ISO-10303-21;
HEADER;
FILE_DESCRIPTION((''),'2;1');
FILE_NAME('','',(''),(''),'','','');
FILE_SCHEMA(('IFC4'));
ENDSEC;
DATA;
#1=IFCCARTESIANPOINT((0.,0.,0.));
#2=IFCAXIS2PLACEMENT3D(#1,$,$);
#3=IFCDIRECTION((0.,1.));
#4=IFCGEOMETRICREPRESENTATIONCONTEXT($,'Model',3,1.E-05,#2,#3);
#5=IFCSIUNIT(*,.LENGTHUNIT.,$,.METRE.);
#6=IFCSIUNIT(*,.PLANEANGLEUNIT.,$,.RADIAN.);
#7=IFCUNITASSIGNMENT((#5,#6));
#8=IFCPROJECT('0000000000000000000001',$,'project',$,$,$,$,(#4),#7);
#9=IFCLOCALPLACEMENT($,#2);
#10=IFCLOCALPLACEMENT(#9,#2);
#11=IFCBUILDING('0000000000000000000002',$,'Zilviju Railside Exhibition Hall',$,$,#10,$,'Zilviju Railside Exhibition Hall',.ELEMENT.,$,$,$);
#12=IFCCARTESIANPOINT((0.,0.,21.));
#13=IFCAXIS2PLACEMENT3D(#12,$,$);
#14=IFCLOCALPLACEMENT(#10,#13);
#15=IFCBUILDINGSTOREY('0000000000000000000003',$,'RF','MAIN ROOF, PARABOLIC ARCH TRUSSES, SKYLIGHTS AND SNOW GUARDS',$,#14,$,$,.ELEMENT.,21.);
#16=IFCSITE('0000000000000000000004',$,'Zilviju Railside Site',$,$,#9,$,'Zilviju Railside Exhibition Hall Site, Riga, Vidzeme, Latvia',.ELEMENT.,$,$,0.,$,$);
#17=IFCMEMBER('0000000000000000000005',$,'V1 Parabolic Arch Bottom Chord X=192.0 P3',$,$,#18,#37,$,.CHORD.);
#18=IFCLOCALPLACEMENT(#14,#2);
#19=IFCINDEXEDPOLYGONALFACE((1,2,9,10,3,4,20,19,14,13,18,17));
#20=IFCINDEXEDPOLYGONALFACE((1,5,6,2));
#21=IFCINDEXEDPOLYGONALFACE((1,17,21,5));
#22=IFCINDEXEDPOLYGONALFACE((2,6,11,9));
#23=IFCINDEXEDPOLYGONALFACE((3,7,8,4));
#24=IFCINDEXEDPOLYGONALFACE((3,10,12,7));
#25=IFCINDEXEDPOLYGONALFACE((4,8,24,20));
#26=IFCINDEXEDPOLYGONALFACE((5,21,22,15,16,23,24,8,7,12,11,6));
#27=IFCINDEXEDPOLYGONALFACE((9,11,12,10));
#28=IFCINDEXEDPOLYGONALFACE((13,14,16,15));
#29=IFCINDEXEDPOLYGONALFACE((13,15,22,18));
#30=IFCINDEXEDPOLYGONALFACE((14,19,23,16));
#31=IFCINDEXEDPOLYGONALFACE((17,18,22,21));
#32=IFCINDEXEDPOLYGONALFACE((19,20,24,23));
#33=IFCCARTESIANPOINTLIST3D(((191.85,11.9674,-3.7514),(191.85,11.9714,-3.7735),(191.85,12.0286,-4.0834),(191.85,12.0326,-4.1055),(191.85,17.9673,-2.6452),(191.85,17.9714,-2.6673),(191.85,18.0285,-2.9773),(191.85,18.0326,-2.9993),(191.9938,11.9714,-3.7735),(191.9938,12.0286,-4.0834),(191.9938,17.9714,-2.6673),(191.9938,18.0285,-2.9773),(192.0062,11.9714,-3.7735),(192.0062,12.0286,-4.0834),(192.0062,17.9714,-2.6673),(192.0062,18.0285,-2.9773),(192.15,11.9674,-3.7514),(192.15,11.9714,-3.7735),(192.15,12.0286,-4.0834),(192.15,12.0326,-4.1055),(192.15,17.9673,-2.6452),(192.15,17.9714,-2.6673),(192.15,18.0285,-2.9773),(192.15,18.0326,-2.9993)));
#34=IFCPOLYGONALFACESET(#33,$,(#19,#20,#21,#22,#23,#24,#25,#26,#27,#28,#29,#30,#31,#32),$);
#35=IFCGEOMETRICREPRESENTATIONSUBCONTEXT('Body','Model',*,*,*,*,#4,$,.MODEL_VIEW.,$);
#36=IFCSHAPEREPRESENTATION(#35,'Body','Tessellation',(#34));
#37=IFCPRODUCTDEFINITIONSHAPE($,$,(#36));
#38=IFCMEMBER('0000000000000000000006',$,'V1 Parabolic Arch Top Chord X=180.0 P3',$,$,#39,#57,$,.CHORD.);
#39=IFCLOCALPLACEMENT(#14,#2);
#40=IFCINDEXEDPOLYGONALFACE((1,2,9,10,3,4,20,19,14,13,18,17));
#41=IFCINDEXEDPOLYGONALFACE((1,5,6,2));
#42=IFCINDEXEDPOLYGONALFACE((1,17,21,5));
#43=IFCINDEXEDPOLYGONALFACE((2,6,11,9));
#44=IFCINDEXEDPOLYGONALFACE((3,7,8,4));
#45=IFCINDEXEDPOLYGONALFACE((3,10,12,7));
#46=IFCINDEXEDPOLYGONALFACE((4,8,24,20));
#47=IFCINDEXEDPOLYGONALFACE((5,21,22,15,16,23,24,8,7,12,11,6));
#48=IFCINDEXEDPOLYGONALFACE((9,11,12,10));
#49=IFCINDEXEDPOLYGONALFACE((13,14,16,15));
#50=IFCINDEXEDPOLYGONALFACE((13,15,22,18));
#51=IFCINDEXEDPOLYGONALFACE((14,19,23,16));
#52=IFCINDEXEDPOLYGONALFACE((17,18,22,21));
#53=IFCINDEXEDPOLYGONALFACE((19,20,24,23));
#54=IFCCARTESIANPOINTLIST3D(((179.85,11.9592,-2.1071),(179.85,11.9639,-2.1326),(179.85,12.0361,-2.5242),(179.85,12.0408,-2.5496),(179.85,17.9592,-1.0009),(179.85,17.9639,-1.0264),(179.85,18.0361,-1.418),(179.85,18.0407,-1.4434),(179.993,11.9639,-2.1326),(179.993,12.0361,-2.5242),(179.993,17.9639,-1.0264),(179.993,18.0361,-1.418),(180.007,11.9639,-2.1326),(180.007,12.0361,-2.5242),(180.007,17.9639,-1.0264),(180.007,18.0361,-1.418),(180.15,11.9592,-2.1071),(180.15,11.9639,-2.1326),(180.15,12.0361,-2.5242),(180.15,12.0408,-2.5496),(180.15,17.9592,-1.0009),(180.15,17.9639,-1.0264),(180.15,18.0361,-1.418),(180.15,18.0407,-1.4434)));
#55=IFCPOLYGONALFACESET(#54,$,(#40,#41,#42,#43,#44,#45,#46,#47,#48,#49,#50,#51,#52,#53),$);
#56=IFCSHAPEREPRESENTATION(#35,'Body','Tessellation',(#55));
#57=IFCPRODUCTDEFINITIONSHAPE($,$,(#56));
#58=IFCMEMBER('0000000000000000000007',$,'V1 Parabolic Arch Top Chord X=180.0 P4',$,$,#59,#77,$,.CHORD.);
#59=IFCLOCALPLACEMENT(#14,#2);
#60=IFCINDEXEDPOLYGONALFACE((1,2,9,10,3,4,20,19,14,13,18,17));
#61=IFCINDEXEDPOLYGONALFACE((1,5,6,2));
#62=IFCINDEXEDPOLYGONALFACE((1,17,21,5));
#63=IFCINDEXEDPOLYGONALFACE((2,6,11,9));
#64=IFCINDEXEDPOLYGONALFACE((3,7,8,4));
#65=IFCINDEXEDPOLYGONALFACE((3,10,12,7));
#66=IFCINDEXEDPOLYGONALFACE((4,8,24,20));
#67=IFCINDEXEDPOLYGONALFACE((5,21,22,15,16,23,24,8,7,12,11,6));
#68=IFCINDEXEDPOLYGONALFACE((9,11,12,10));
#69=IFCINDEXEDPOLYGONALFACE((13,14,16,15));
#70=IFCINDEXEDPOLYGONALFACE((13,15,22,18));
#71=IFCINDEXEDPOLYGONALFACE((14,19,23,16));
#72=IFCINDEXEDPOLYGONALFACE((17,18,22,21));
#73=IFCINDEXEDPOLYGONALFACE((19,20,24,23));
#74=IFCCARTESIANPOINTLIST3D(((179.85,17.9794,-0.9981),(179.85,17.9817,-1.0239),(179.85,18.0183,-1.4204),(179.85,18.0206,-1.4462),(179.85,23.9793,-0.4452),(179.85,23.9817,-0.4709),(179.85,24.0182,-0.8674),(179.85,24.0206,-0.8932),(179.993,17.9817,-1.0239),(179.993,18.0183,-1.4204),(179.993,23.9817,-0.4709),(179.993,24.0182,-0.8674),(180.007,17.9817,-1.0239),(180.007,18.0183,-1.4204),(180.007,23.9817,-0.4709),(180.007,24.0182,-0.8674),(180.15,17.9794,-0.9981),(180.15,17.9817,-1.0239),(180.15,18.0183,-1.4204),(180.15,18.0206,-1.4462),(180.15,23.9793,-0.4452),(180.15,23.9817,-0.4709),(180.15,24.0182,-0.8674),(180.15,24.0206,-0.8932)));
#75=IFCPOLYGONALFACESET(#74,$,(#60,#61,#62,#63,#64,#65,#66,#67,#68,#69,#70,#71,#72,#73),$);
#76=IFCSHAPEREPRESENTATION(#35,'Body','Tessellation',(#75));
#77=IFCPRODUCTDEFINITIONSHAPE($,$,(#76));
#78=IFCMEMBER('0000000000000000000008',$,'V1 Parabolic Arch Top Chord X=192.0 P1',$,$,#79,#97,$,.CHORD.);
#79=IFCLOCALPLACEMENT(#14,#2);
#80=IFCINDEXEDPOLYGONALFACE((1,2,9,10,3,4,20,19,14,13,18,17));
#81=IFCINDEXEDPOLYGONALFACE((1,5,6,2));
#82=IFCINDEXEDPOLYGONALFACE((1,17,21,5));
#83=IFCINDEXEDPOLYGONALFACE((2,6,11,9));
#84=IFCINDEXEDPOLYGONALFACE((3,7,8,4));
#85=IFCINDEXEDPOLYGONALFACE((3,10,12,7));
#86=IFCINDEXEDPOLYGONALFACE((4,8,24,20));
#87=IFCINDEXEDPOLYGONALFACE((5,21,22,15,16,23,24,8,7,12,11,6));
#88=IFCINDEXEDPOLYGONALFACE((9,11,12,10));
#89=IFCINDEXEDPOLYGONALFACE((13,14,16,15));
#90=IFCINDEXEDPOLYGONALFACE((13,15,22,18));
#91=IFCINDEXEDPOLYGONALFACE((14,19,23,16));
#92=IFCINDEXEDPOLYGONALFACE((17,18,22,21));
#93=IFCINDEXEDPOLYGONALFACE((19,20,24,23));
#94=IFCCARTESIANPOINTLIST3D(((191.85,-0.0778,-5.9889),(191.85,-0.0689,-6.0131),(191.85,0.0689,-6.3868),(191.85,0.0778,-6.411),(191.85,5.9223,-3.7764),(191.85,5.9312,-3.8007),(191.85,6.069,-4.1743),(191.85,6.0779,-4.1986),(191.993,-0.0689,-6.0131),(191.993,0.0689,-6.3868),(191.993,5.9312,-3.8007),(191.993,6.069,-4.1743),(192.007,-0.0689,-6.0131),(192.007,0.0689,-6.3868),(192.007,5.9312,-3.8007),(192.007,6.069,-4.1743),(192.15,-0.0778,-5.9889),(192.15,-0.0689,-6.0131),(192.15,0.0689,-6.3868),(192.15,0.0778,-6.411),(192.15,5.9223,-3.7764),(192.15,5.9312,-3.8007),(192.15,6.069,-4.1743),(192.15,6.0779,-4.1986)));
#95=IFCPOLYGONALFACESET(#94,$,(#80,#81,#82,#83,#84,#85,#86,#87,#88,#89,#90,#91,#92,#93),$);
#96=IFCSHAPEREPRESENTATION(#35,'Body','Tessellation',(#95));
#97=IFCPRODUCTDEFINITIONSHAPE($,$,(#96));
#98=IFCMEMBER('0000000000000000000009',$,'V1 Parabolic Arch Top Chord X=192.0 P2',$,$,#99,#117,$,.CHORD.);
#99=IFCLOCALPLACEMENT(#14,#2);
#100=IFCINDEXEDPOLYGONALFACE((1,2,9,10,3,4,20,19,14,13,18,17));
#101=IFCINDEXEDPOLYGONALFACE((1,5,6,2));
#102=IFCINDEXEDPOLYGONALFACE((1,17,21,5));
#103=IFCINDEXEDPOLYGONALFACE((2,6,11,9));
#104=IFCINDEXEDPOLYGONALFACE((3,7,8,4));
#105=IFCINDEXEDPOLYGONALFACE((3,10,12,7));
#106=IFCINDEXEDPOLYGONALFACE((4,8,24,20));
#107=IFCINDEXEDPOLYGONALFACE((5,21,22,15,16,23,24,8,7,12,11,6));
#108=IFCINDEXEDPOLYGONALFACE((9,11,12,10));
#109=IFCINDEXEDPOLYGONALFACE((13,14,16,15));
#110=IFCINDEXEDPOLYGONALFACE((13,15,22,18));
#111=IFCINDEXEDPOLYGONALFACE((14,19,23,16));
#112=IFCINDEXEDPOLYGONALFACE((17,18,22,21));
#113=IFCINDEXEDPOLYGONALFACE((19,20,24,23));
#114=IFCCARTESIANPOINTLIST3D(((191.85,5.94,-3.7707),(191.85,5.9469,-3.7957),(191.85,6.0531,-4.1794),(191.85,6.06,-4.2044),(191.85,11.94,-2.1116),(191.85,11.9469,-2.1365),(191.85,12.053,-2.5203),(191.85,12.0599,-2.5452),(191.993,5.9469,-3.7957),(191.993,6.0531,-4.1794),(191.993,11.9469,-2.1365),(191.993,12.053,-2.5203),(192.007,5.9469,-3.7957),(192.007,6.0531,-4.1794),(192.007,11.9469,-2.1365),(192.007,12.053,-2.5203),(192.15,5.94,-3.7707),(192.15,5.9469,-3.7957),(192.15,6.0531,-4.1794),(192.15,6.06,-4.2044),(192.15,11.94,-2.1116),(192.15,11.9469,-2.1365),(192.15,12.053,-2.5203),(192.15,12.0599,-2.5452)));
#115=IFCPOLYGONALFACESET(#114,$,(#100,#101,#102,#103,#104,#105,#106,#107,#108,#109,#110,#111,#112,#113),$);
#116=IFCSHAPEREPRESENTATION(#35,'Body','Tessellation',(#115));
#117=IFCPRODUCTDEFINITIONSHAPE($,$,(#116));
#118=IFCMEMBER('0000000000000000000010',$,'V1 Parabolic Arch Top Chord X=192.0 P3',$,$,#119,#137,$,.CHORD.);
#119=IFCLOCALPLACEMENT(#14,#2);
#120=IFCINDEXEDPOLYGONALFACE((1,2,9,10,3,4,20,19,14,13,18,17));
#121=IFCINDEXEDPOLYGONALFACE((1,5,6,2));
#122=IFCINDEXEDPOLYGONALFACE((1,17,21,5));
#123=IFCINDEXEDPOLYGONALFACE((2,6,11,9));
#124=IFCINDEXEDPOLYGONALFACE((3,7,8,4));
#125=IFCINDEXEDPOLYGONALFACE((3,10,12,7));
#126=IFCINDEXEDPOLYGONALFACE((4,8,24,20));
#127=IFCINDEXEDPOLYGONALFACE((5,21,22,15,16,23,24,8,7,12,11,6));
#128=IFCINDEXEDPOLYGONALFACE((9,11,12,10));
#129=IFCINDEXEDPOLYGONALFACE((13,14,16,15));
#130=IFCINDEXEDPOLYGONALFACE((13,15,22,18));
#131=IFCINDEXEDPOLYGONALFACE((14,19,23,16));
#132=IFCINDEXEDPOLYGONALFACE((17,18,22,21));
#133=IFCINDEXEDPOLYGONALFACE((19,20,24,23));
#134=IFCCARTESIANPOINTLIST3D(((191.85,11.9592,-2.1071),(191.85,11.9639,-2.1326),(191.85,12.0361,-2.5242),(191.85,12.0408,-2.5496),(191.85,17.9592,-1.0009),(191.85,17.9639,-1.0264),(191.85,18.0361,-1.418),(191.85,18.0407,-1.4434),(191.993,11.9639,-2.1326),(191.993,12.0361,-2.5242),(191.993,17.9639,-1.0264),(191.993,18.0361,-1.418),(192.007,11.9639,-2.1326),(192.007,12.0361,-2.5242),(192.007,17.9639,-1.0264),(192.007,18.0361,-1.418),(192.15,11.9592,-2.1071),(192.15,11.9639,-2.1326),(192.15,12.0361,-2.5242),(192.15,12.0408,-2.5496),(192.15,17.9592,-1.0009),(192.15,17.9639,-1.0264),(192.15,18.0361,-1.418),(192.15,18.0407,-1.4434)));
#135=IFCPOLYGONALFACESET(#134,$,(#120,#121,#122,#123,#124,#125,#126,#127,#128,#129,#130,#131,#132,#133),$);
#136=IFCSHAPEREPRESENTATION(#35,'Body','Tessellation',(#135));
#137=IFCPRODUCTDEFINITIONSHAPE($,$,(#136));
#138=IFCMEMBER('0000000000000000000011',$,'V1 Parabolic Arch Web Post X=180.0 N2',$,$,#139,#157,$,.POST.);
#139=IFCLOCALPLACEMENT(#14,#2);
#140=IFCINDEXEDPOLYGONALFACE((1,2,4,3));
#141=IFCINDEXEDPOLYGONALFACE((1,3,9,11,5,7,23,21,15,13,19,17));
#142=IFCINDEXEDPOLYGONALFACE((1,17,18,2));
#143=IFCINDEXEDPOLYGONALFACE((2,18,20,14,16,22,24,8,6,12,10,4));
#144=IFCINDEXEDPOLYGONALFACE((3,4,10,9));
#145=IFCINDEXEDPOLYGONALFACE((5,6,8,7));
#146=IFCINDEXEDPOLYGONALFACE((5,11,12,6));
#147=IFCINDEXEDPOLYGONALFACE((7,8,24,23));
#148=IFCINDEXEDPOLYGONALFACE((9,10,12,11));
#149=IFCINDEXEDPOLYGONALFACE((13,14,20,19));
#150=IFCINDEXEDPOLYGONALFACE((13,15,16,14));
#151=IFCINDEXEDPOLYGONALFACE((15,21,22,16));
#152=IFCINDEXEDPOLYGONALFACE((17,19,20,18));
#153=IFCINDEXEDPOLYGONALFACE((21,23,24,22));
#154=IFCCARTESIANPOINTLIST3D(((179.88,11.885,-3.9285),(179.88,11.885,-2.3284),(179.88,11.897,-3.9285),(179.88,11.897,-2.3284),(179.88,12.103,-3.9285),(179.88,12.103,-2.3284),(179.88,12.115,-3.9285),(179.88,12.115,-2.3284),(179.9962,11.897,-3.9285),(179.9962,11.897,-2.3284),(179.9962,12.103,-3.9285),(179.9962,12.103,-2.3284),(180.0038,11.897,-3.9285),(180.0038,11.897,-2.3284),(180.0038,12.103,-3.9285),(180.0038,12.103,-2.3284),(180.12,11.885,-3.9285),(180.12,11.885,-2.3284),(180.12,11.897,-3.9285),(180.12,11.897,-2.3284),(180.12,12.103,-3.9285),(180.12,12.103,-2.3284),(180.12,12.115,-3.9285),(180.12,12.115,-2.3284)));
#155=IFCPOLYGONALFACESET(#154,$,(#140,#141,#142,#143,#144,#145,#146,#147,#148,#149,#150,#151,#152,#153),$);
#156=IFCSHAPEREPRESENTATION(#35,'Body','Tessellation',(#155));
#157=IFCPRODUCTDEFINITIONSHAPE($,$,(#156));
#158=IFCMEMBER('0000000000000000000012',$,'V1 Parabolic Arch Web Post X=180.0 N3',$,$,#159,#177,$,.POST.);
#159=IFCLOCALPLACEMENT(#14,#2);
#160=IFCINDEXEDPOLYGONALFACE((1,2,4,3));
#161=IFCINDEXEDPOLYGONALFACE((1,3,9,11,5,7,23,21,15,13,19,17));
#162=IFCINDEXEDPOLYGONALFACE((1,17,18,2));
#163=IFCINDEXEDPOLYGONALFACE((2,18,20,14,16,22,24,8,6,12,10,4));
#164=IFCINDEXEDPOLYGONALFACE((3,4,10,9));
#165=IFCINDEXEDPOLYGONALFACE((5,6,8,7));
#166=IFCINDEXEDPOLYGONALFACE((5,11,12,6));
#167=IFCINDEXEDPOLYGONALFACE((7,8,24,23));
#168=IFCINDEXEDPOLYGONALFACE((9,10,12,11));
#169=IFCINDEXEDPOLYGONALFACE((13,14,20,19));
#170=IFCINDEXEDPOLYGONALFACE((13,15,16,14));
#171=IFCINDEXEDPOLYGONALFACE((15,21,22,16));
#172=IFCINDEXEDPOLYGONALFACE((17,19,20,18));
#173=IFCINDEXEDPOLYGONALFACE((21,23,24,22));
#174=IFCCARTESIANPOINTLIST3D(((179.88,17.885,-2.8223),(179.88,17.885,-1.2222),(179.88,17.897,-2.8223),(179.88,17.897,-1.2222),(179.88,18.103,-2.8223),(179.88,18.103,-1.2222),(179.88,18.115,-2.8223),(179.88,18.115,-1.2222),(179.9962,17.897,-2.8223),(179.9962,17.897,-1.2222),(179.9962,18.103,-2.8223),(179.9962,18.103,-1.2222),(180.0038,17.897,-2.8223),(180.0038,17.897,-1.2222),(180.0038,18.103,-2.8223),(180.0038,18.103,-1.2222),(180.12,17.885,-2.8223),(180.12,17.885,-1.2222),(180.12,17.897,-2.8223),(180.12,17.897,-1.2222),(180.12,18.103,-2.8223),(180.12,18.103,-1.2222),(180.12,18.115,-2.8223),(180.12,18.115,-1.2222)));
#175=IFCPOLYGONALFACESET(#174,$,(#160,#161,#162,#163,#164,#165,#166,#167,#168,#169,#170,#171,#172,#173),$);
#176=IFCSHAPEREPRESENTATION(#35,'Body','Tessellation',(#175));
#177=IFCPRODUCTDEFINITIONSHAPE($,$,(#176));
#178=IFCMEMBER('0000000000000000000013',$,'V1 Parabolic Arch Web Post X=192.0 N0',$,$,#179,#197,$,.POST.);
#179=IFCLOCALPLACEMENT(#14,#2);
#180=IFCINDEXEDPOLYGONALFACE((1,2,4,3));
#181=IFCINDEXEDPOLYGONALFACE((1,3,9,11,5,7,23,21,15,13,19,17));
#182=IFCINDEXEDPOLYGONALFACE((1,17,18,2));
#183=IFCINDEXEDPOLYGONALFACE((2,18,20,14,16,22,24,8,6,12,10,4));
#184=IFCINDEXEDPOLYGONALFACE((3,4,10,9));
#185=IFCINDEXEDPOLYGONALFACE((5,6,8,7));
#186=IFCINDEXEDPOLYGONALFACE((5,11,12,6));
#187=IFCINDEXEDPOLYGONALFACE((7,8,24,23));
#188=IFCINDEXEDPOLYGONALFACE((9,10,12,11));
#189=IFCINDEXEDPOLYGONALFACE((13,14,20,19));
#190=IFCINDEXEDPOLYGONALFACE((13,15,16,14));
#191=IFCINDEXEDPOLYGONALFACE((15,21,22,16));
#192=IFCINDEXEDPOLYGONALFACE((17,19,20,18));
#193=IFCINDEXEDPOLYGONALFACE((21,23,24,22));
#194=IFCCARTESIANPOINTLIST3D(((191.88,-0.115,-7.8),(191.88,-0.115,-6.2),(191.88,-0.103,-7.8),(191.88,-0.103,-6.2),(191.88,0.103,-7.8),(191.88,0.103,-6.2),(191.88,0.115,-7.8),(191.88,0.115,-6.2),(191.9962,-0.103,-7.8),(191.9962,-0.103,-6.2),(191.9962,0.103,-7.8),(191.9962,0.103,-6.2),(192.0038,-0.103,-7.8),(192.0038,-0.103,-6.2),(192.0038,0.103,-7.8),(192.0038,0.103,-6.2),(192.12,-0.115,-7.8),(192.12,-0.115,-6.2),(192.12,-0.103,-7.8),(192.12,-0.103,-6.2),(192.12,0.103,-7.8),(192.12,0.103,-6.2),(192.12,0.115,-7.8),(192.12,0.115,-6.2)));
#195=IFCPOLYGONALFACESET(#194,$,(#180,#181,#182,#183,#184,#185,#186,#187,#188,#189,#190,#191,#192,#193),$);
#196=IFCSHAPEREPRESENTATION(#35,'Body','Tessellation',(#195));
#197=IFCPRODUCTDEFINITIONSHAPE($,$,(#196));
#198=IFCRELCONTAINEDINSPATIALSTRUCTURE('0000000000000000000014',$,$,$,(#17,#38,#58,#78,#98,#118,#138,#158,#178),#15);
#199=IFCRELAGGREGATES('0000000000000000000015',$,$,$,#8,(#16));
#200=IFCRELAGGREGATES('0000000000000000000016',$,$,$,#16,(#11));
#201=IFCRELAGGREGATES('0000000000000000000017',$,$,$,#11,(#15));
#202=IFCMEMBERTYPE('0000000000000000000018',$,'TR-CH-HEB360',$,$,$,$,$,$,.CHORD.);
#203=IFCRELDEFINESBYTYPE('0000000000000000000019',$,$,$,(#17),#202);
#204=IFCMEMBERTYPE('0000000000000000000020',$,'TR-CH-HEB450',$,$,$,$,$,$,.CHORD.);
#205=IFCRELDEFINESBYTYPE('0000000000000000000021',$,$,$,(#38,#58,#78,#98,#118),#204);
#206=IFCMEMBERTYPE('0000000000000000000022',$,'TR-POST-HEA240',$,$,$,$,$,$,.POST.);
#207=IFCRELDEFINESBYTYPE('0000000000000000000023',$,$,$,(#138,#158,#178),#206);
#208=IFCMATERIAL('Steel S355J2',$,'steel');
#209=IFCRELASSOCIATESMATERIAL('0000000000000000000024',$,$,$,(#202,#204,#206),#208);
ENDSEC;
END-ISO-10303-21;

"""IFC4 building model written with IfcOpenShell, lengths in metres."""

from ifc_helpers import new_model, si_unit, direction, frame, origin, origin_2d, place, context, subcontext, project, spatial, i_section, extrude, material, material_profile, profile_set, type_object, element, save


model = new_model("IFC4")

# Units and contexts
model_context = context("Model", 3, precision=1e-05, world=origin(), true_north=direction((0.0, 1.0)))
body_context = subcontext(model_context, "Body", "Model", "MODEL_VIEW")
ifc_project = project(units=[si_unit("LENGTHUNIT", "METRE"), si_unit("PLANEANGLEUNIT", "RADIAN")], contexts=[model_context])

# Site, building, storey
site_placement = place(None, origin())
site = spatial("IfcSite", under=ifc_project, at=site_placement, Name="Zilviju Railside Site", LongName="Zilviju Railside Exhibition Hall Site, Riga, Vidzeme, Latvia", CompositionType="ELEMENT", RefElevation=0.0)
building_placement = place(site_placement, origin())
building = spatial("IfcBuilding", under=site, at=building_placement, Name="Zilviju Railside Exhibition Hall", LongName="Zilviju Railside Exhibition Hall", CompositionType="ELEMENT")
storey_placement = place(building_placement, frame((0.0, 0.0, 21.0)))
storey = spatial("IfcBuildingStorey", under=building, at=storey_placement, Name="RF", Description="MAIN ROOF, PARABOLIC ARCH TRUSSES, SKYLIGHTS AND SNOW GUARDS", CompositionType="ELEMENT", Elevation=21.0)

# Members
ifc_material_1 = material(Name="Steel S355J2", Category="steel")
ifc_material_profile_1 = material_profile(ifc_material_1, i_section(OverallWidth=0.3, OverallDepth=0.3601, WebThickness=0.0125, FlangeThickness=0.0225, at=origin_2d()), Name="HEB 360")
ifc_profile_set_1 = profile_set([ifc_material_profile_1], Name="Steel S355J2")
member_type_1 = type_object("IfcMemberType", Name="TR-CH-HEB360", PredefinedType="CHORD", material=ifc_profile_set_1)
member_1_placement = place(storey_placement, frame((192.0, 12.0, -3.9285), z_axis=(0.0, 0.983426, 0.181311), x_axis=(-1.0, 0.0, 0.0)))
element("IfcMember", 1, at=member_1_placement, inside=storey, type_object=member_type_1, Name="V1 Parabolic Arch Bottom Chord X=192.0 P3", PredefinedType="CHORD", context=body_context, shape_type="SweptSolid", body=[
    extrude(i_section(OverallWidth=0.3, OverallDepth=0.3601, WebThickness=0.0125, FlangeThickness=0.0225, at=origin_2d()), origin(), (0.0, 0.0, 1.0), 6.1011),
])
ifc_material_profile_2 = material_profile(ifc_material_1, i_section(OverallWidth=0.3, OverallDepth=0.45, WebThickness=0.0139, FlangeThickness=0.0259, at=origin_2d()), Name="HEB 450")
ifc_profile_set_2 = profile_set([ifc_material_profile_2], Name="Steel S355J2")
member_type_2 = type_object("IfcMemberType", Name="TR-CH-HEB450", PredefinedType="CHORD", material=ifc_profile_set_2)
member_2_placement = place(storey_placement, frame((180.0, 12.0, -2.3284), z_axis=(0.0, 0.983426, 0.181311), x_axis=(-1.0, 0.0, 0.0)))
element("IfcMember", 2, at=member_2_placement, inside=storey, type_object=member_type_2, Name="V1 Parabolic Arch Top Chord X=180.0 P3", PredefinedType="CHORD", context=body_context, shape_type="SweptSolid", body=[
    extrude(i_section(OverallWidth=0.3, OverallDepth=0.45, WebThickness=0.0139, FlangeThickness=0.0259, at=origin_2d()), origin(), (0.0, 0.0, 1.0), 6.1011),
])
member_3_placement = place(storey_placement, frame((180.0, 18.0, -1.2222), z_axis=(0.0, 0.99578, 0.091774), x_axis=(-1.0, 0.0, 0.0)))
element("IfcMember", 3, at=member_3_placement, inside=storey, type_object=member_type_2, Name="V1 Parabolic Arch Top Chord X=180.0 P4", PredefinedType="CHORD", context=body_context, shape_type="SweptSolid", body=[
    extrude(i_section(OverallWidth=0.3, OverallDepth=0.45, WebThickness=0.0139, FlangeThickness=0.0259, at=origin_2d()), origin(), (0.0, 0.0, 1.0), 6.0254),
])
member_4_placement = place(storey_placement, frame((192.0, 0.0, -6.2), z_axis=(0.0, 0.938248, 0.345964), x_axis=(-1.0, 0.0, 0.0)))
element("IfcMember", 4, at=member_4_placement, inside=storey, type_object=member_type_2, Name="V1 Parabolic Arch Top Chord X=192.0 P1", PredefinedType="CHORD", context=body_context, shape_type="SweptSolid", body=[
    extrude(i_section(OverallWidth=0.3, OverallDepth=0.45, WebThickness=0.0139, FlangeThickness=0.0259, at=origin_2d()), origin(), (0.0, 0.0, 1.0), 6.395),
])
member_5_placement = place(storey_placement, frame((192.0, 6.0, -3.9875), z_axis=(0.0, 0.963827, 0.266527), x_axis=(-1.0, 0.0, 0.0)))
element("IfcMember", 5, at=member_5_placement, inside=storey, type_object=member_type_2, Name="V1 Parabolic Arch Top Chord X=192.0 P2", PredefinedType="CHORD", context=body_context, shape_type="SweptSolid", body=[
    extrude(i_section(OverallWidth=0.3, OverallDepth=0.45, WebThickness=0.0139, FlangeThickness=0.0259, at=origin_2d()), origin(), (0.0, 0.0, 1.0), 6.2251),
])
member_6_placement = place(storey_placement, frame((192.0, 12.0, -2.3284), z_axis=(0.0, 0.983426, 0.181311), x_axis=(-1.0, 0.0, 0.0)))
element("IfcMember", 6, at=member_6_placement, inside=storey, type_object=member_type_2, Name="V1 Parabolic Arch Top Chord X=192.0 P3", PredefinedType="CHORD", context=body_context, shape_type="SweptSolid", body=[
    extrude(i_section(OverallWidth=0.3, OverallDepth=0.45, WebThickness=0.0139, FlangeThickness=0.0259, at=origin_2d()), origin(), (0.0, 0.0, 1.0), 6.1011),
])
ifc_material_profile_3 = material_profile(ifc_material_1, i_section(OverallWidth=0.24, OverallDepth=0.23, WebThickness=0.0076, FlangeThickness=0.012, at=origin_2d()), Name="HEA 240")
ifc_profile_set_3 = profile_set([ifc_material_profile_3], Name="Steel S355J2")
member_type_3 = type_object("IfcMemberType", Name="TR-POST-HEA240", PredefinedType="POST", material=ifc_profile_set_3)
for number, where, z_axis, x_axis, name in (
    (7, (180.0, 12.0, -3.9285), (0.0, 0.0, 1.0), (1.0, 0.0, 0.0), "V1 Parabolic Arch Web Post X=180.0 N2"),
    (8, (180.0, 18.0, -2.8223), (0.0, 0.0, 1.0), (1.0, 0.0, 0.0), "V1 Parabolic Arch Web Post X=180.0 N3"),
    (9, (192.0, 0.0, -7.8), (0.0, 0.0, 1.0), (1.0, 0.0, 0.0), "V1 Parabolic Arch Web Post X=192.0 N0"),
):
    element("IfcMember", number, at=place(storey_placement, frame(where, z_axis=z_axis, x_axis=x_axis)), inside=storey, type_object=member_type_3, Name=name, PredefinedType="POST", context=body_context, shape_type="SweptSolid", body=[
        extrude(i_section(OverallWidth=0.24, OverallDepth=0.23, WebThickness=0.0076, FlangeThickness=0.012, at=origin_2d()), origin(), (0.0, 0.0, 1.0), 1.6001),
    ])

save(model, "model.ifc")
